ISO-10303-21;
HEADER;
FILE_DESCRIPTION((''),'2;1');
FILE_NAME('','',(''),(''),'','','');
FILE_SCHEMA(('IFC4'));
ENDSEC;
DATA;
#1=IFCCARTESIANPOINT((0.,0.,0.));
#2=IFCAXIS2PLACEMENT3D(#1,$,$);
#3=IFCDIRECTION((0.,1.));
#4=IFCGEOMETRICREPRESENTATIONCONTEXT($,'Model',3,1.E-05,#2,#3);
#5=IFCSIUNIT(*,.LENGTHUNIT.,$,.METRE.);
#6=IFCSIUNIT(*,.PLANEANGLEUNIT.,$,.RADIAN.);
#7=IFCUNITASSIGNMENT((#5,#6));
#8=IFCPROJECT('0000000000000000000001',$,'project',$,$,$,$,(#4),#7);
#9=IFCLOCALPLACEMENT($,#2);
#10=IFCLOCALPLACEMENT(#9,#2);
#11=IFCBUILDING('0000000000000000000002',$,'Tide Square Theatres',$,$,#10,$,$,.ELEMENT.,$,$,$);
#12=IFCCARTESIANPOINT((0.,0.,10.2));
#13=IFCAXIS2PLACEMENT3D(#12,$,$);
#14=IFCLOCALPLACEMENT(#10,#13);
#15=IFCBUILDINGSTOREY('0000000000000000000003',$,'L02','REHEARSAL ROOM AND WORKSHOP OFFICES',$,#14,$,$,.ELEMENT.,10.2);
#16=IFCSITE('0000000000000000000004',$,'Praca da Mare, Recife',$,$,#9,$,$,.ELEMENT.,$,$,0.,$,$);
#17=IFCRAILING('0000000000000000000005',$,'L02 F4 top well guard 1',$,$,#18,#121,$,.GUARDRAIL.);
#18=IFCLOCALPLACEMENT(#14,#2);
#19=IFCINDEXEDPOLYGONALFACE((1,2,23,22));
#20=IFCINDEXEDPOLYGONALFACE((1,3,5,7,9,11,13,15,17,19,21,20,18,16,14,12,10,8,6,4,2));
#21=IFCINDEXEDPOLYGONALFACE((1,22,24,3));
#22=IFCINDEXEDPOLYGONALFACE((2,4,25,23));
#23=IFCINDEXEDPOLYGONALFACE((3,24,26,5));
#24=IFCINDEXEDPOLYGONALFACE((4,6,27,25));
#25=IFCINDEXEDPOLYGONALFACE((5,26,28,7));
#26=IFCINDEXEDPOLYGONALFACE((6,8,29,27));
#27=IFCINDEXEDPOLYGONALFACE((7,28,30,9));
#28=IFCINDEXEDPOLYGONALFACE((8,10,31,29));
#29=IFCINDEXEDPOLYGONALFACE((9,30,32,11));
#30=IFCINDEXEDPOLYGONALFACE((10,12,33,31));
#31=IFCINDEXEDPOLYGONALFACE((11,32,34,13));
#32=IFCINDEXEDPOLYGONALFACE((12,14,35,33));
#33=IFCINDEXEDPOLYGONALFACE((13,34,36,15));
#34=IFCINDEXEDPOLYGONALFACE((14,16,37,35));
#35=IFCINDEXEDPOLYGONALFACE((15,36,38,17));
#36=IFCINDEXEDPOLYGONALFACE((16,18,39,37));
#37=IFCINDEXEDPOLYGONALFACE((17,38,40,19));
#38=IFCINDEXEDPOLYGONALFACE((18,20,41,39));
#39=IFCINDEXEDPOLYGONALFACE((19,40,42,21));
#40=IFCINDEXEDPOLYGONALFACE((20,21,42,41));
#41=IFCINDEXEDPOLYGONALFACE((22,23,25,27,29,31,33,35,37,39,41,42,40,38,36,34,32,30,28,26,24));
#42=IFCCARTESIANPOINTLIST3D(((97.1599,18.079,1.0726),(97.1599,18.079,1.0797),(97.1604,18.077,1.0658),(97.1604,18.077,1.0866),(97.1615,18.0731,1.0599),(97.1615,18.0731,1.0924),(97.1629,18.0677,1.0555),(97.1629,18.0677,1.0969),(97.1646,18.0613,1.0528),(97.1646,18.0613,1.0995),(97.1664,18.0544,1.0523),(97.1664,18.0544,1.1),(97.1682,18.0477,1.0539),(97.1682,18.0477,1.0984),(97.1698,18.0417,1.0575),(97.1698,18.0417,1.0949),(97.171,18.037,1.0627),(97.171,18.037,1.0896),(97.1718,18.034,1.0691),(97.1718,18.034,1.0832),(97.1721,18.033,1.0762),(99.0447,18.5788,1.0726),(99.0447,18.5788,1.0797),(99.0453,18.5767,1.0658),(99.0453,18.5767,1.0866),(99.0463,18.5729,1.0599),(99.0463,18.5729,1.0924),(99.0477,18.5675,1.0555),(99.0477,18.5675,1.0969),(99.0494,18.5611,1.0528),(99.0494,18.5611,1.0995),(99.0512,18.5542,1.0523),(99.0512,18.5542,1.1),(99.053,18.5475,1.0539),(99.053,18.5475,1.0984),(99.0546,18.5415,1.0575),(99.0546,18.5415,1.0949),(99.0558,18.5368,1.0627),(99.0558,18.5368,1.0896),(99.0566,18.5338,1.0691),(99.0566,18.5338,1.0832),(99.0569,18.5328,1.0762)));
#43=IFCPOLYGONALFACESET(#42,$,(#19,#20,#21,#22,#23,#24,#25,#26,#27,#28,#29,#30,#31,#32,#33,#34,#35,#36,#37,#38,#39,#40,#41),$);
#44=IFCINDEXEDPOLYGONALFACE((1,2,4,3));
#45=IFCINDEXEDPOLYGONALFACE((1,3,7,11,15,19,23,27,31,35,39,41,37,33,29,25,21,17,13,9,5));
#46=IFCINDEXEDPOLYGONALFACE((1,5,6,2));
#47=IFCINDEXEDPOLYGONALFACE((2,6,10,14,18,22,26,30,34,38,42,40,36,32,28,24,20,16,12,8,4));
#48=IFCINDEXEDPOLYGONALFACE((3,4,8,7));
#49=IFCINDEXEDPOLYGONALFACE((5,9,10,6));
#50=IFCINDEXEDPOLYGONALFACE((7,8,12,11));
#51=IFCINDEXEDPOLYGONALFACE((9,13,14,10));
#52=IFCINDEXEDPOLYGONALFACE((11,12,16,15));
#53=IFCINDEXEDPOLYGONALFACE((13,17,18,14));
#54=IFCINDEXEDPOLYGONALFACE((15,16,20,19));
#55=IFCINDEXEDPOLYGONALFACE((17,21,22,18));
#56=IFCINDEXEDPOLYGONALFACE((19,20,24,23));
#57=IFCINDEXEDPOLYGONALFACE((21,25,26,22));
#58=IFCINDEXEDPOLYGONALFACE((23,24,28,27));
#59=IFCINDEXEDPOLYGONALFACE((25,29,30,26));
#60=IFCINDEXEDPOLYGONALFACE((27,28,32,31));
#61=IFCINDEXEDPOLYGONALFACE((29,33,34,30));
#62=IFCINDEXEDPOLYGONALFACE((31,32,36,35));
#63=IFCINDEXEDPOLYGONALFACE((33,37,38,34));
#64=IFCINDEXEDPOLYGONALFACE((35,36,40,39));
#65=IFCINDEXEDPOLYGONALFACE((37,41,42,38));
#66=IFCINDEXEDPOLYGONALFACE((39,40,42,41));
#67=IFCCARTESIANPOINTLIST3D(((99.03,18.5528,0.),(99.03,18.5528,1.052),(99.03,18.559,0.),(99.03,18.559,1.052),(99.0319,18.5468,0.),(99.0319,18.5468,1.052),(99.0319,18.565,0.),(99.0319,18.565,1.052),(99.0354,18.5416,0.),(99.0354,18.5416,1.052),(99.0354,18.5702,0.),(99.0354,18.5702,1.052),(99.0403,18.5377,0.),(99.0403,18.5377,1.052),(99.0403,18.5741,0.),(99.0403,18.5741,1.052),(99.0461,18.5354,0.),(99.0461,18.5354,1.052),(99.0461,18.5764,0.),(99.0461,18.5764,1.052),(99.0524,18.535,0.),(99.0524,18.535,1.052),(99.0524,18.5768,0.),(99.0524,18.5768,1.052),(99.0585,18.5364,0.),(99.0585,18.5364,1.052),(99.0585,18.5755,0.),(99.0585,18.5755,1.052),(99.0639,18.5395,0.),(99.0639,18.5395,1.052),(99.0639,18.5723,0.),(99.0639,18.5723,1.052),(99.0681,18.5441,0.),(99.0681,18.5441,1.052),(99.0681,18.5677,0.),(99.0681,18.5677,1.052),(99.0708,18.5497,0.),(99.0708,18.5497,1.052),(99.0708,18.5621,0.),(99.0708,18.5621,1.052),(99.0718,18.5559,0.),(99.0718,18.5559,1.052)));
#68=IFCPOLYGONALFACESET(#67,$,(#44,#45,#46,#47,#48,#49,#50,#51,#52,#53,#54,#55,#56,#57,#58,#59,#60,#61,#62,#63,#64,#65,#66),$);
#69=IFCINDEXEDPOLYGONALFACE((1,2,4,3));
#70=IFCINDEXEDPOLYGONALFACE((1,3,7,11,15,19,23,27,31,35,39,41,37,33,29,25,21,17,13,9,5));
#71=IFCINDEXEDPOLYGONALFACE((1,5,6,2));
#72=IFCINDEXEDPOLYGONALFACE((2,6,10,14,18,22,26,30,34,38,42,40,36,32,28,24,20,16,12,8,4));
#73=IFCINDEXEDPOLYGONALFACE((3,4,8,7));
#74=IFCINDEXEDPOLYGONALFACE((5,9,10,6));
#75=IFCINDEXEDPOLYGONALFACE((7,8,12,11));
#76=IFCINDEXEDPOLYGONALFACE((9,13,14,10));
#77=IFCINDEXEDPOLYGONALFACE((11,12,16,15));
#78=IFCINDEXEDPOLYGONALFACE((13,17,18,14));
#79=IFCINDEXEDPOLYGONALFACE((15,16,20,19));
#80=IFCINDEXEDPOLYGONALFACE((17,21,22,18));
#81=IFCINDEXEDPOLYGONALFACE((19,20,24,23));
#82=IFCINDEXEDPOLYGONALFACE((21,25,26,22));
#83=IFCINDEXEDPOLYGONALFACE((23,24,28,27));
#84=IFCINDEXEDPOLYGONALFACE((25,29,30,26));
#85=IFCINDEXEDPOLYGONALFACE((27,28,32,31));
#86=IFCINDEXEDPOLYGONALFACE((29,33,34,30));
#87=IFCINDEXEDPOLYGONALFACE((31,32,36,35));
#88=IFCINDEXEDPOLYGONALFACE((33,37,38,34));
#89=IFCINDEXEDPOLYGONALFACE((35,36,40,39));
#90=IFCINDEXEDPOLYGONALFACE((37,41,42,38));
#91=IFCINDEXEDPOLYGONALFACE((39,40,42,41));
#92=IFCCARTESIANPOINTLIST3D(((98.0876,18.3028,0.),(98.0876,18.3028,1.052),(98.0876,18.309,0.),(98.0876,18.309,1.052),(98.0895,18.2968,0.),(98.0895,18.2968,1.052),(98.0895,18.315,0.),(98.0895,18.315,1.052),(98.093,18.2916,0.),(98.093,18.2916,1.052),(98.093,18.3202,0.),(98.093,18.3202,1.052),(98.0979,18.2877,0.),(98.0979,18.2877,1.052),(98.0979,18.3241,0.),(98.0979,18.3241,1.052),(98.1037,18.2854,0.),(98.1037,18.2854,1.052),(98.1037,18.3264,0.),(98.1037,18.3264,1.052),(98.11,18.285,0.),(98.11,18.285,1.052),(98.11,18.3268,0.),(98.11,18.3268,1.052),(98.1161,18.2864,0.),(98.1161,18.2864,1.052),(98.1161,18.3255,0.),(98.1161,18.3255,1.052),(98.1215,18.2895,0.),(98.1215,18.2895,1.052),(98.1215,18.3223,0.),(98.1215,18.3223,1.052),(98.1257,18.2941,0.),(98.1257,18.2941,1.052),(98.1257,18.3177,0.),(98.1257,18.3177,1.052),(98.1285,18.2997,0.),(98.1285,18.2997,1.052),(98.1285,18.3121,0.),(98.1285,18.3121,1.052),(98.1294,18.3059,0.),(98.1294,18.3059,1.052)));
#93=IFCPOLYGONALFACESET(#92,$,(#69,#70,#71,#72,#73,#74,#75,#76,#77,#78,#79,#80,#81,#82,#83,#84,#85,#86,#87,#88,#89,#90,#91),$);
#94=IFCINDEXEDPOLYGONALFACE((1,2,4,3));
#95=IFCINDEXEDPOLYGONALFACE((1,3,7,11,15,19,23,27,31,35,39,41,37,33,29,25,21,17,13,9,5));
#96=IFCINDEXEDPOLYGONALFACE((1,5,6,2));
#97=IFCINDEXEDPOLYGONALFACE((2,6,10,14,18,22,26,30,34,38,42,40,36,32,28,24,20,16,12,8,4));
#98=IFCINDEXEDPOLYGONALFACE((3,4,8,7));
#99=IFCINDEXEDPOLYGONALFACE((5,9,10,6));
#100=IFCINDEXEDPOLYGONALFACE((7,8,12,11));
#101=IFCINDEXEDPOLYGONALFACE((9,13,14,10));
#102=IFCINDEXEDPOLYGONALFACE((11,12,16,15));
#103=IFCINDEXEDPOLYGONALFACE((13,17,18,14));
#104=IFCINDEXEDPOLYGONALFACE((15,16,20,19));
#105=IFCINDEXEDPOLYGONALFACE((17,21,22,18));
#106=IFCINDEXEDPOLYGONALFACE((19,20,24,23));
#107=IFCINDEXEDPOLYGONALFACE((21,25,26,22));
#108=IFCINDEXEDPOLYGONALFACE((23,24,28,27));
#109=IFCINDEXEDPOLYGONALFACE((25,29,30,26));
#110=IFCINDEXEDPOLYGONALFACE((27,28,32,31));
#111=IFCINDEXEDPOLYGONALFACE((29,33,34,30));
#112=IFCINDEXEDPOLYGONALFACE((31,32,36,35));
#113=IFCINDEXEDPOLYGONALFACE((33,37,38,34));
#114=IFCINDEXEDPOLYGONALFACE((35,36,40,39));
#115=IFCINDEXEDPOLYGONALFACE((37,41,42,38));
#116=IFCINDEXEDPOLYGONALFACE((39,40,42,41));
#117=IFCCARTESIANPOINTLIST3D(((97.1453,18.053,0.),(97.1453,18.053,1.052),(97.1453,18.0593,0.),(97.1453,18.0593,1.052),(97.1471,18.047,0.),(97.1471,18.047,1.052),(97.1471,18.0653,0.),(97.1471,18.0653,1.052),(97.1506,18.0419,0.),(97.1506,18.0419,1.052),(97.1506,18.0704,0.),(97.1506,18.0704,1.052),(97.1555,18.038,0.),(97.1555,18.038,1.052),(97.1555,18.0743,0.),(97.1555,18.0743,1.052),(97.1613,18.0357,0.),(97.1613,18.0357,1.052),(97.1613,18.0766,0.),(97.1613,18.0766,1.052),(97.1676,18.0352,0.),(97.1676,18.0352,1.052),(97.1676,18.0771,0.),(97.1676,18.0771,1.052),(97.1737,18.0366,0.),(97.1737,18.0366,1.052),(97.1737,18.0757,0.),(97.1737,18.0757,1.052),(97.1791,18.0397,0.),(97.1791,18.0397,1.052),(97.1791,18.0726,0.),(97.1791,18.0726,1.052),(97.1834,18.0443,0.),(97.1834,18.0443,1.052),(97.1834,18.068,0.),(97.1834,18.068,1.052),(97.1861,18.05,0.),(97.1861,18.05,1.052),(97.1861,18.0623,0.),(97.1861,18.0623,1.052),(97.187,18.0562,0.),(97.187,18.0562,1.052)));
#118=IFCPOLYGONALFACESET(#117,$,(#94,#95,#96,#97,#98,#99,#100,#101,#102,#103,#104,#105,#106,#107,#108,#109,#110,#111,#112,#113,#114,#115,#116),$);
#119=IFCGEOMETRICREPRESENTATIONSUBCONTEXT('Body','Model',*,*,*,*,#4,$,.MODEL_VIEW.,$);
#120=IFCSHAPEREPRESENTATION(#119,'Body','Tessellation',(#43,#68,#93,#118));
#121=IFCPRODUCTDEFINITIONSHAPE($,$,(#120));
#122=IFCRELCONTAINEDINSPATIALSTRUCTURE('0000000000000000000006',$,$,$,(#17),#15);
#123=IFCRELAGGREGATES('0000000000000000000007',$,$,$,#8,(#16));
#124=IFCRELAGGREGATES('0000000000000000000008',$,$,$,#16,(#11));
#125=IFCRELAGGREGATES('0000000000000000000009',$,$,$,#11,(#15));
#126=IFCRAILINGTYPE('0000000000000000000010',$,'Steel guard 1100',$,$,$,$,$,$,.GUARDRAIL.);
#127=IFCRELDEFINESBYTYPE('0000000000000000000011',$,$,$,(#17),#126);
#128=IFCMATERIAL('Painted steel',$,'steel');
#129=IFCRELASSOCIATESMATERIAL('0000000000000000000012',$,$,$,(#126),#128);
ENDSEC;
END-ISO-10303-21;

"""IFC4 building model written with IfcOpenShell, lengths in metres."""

from ifc_helpers import new_model, si_unit, direction, frame, origin, origin_2d, place, context, subcontext, project, spatial, circle, extrude, material, type_object, element, save


model = new_model("IFC4")

# Units and contexts
model_context = context("Model", 3, precision=1e-05, world=origin(), true_north=direction((0.0, 1.0)))
body_context = subcontext(model_context, "Body", "Model", "MODEL_VIEW")
ifc_project = project(units=[si_unit("LENGTHUNIT", "METRE"), si_unit("PLANEANGLEUNIT", "RADIAN")], contexts=[model_context])

# Site, building, storey
site_placement = place(None, origin())
site = spatial("IfcSite", under=ifc_project, at=site_placement, Name="Praca da Mare, Recife", CompositionType="ELEMENT", RefElevation=0.0)
building_placement = place(site_placement, origin())
building = spatial("IfcBuilding", under=site, at=building_placement, Name="Tide Square Theatres", CompositionType="ELEMENT")
storey_placement = place(building_placement, frame((0.0, 0.0, 10.2)))
storey = spatial("IfcBuildingStorey", under=building, at=storey_placement, Name="L02", Description="REHEARSAL ROOM AND WORKSHOP OFFICES", CompositionType="ELEMENT", Elevation=10.2)

# Railing
ifc_material_1 = material(Name="Painted steel", Category="steel")
railing_type = type_object("IfcRailingType", Name="Steel guard 1100", PredefinedType="GUARDRAIL", material=ifc_material_1)
railing_1_placement = place(storey_placement, frame((99.0508, 18.5559, 0.0)))
element("IfcRailing", 1, at=railing_1_placement, inside=storey, type_object=railing_type, Name="L02 F4 top well guard 1", PredefinedType="GUARDRAIL", context=body_context, shape_type="SweptSolid", body=[
    extrude(circle(Radius=0.0239, at=origin_2d()), frame((0.0, 0.0, 1.0762), z_axis=(-0.966598, -0.256299, 0.0), x_axis=(0.256299, -0.966598, 0.0)), (0.0, 0.0, 1.0), 1.95),
    extrude(circle(Radius=0.021, at=origin_2d()), origin(), (0.0, 0.0, 1.0), 1.052),
    extrude(circle(Radius=0.021, at=origin_2d()), frame((-0.9424, -0.25, 0.0)), (0.0, 0.0, 1.0), 1.052),
    extrude(circle(Radius=0.021, at=origin_2d()), frame((-1.8848, -0.4998, 0.0)), (0.0, 0.0, 1.0), 1.052),
])

save(model, "model.ifc")
